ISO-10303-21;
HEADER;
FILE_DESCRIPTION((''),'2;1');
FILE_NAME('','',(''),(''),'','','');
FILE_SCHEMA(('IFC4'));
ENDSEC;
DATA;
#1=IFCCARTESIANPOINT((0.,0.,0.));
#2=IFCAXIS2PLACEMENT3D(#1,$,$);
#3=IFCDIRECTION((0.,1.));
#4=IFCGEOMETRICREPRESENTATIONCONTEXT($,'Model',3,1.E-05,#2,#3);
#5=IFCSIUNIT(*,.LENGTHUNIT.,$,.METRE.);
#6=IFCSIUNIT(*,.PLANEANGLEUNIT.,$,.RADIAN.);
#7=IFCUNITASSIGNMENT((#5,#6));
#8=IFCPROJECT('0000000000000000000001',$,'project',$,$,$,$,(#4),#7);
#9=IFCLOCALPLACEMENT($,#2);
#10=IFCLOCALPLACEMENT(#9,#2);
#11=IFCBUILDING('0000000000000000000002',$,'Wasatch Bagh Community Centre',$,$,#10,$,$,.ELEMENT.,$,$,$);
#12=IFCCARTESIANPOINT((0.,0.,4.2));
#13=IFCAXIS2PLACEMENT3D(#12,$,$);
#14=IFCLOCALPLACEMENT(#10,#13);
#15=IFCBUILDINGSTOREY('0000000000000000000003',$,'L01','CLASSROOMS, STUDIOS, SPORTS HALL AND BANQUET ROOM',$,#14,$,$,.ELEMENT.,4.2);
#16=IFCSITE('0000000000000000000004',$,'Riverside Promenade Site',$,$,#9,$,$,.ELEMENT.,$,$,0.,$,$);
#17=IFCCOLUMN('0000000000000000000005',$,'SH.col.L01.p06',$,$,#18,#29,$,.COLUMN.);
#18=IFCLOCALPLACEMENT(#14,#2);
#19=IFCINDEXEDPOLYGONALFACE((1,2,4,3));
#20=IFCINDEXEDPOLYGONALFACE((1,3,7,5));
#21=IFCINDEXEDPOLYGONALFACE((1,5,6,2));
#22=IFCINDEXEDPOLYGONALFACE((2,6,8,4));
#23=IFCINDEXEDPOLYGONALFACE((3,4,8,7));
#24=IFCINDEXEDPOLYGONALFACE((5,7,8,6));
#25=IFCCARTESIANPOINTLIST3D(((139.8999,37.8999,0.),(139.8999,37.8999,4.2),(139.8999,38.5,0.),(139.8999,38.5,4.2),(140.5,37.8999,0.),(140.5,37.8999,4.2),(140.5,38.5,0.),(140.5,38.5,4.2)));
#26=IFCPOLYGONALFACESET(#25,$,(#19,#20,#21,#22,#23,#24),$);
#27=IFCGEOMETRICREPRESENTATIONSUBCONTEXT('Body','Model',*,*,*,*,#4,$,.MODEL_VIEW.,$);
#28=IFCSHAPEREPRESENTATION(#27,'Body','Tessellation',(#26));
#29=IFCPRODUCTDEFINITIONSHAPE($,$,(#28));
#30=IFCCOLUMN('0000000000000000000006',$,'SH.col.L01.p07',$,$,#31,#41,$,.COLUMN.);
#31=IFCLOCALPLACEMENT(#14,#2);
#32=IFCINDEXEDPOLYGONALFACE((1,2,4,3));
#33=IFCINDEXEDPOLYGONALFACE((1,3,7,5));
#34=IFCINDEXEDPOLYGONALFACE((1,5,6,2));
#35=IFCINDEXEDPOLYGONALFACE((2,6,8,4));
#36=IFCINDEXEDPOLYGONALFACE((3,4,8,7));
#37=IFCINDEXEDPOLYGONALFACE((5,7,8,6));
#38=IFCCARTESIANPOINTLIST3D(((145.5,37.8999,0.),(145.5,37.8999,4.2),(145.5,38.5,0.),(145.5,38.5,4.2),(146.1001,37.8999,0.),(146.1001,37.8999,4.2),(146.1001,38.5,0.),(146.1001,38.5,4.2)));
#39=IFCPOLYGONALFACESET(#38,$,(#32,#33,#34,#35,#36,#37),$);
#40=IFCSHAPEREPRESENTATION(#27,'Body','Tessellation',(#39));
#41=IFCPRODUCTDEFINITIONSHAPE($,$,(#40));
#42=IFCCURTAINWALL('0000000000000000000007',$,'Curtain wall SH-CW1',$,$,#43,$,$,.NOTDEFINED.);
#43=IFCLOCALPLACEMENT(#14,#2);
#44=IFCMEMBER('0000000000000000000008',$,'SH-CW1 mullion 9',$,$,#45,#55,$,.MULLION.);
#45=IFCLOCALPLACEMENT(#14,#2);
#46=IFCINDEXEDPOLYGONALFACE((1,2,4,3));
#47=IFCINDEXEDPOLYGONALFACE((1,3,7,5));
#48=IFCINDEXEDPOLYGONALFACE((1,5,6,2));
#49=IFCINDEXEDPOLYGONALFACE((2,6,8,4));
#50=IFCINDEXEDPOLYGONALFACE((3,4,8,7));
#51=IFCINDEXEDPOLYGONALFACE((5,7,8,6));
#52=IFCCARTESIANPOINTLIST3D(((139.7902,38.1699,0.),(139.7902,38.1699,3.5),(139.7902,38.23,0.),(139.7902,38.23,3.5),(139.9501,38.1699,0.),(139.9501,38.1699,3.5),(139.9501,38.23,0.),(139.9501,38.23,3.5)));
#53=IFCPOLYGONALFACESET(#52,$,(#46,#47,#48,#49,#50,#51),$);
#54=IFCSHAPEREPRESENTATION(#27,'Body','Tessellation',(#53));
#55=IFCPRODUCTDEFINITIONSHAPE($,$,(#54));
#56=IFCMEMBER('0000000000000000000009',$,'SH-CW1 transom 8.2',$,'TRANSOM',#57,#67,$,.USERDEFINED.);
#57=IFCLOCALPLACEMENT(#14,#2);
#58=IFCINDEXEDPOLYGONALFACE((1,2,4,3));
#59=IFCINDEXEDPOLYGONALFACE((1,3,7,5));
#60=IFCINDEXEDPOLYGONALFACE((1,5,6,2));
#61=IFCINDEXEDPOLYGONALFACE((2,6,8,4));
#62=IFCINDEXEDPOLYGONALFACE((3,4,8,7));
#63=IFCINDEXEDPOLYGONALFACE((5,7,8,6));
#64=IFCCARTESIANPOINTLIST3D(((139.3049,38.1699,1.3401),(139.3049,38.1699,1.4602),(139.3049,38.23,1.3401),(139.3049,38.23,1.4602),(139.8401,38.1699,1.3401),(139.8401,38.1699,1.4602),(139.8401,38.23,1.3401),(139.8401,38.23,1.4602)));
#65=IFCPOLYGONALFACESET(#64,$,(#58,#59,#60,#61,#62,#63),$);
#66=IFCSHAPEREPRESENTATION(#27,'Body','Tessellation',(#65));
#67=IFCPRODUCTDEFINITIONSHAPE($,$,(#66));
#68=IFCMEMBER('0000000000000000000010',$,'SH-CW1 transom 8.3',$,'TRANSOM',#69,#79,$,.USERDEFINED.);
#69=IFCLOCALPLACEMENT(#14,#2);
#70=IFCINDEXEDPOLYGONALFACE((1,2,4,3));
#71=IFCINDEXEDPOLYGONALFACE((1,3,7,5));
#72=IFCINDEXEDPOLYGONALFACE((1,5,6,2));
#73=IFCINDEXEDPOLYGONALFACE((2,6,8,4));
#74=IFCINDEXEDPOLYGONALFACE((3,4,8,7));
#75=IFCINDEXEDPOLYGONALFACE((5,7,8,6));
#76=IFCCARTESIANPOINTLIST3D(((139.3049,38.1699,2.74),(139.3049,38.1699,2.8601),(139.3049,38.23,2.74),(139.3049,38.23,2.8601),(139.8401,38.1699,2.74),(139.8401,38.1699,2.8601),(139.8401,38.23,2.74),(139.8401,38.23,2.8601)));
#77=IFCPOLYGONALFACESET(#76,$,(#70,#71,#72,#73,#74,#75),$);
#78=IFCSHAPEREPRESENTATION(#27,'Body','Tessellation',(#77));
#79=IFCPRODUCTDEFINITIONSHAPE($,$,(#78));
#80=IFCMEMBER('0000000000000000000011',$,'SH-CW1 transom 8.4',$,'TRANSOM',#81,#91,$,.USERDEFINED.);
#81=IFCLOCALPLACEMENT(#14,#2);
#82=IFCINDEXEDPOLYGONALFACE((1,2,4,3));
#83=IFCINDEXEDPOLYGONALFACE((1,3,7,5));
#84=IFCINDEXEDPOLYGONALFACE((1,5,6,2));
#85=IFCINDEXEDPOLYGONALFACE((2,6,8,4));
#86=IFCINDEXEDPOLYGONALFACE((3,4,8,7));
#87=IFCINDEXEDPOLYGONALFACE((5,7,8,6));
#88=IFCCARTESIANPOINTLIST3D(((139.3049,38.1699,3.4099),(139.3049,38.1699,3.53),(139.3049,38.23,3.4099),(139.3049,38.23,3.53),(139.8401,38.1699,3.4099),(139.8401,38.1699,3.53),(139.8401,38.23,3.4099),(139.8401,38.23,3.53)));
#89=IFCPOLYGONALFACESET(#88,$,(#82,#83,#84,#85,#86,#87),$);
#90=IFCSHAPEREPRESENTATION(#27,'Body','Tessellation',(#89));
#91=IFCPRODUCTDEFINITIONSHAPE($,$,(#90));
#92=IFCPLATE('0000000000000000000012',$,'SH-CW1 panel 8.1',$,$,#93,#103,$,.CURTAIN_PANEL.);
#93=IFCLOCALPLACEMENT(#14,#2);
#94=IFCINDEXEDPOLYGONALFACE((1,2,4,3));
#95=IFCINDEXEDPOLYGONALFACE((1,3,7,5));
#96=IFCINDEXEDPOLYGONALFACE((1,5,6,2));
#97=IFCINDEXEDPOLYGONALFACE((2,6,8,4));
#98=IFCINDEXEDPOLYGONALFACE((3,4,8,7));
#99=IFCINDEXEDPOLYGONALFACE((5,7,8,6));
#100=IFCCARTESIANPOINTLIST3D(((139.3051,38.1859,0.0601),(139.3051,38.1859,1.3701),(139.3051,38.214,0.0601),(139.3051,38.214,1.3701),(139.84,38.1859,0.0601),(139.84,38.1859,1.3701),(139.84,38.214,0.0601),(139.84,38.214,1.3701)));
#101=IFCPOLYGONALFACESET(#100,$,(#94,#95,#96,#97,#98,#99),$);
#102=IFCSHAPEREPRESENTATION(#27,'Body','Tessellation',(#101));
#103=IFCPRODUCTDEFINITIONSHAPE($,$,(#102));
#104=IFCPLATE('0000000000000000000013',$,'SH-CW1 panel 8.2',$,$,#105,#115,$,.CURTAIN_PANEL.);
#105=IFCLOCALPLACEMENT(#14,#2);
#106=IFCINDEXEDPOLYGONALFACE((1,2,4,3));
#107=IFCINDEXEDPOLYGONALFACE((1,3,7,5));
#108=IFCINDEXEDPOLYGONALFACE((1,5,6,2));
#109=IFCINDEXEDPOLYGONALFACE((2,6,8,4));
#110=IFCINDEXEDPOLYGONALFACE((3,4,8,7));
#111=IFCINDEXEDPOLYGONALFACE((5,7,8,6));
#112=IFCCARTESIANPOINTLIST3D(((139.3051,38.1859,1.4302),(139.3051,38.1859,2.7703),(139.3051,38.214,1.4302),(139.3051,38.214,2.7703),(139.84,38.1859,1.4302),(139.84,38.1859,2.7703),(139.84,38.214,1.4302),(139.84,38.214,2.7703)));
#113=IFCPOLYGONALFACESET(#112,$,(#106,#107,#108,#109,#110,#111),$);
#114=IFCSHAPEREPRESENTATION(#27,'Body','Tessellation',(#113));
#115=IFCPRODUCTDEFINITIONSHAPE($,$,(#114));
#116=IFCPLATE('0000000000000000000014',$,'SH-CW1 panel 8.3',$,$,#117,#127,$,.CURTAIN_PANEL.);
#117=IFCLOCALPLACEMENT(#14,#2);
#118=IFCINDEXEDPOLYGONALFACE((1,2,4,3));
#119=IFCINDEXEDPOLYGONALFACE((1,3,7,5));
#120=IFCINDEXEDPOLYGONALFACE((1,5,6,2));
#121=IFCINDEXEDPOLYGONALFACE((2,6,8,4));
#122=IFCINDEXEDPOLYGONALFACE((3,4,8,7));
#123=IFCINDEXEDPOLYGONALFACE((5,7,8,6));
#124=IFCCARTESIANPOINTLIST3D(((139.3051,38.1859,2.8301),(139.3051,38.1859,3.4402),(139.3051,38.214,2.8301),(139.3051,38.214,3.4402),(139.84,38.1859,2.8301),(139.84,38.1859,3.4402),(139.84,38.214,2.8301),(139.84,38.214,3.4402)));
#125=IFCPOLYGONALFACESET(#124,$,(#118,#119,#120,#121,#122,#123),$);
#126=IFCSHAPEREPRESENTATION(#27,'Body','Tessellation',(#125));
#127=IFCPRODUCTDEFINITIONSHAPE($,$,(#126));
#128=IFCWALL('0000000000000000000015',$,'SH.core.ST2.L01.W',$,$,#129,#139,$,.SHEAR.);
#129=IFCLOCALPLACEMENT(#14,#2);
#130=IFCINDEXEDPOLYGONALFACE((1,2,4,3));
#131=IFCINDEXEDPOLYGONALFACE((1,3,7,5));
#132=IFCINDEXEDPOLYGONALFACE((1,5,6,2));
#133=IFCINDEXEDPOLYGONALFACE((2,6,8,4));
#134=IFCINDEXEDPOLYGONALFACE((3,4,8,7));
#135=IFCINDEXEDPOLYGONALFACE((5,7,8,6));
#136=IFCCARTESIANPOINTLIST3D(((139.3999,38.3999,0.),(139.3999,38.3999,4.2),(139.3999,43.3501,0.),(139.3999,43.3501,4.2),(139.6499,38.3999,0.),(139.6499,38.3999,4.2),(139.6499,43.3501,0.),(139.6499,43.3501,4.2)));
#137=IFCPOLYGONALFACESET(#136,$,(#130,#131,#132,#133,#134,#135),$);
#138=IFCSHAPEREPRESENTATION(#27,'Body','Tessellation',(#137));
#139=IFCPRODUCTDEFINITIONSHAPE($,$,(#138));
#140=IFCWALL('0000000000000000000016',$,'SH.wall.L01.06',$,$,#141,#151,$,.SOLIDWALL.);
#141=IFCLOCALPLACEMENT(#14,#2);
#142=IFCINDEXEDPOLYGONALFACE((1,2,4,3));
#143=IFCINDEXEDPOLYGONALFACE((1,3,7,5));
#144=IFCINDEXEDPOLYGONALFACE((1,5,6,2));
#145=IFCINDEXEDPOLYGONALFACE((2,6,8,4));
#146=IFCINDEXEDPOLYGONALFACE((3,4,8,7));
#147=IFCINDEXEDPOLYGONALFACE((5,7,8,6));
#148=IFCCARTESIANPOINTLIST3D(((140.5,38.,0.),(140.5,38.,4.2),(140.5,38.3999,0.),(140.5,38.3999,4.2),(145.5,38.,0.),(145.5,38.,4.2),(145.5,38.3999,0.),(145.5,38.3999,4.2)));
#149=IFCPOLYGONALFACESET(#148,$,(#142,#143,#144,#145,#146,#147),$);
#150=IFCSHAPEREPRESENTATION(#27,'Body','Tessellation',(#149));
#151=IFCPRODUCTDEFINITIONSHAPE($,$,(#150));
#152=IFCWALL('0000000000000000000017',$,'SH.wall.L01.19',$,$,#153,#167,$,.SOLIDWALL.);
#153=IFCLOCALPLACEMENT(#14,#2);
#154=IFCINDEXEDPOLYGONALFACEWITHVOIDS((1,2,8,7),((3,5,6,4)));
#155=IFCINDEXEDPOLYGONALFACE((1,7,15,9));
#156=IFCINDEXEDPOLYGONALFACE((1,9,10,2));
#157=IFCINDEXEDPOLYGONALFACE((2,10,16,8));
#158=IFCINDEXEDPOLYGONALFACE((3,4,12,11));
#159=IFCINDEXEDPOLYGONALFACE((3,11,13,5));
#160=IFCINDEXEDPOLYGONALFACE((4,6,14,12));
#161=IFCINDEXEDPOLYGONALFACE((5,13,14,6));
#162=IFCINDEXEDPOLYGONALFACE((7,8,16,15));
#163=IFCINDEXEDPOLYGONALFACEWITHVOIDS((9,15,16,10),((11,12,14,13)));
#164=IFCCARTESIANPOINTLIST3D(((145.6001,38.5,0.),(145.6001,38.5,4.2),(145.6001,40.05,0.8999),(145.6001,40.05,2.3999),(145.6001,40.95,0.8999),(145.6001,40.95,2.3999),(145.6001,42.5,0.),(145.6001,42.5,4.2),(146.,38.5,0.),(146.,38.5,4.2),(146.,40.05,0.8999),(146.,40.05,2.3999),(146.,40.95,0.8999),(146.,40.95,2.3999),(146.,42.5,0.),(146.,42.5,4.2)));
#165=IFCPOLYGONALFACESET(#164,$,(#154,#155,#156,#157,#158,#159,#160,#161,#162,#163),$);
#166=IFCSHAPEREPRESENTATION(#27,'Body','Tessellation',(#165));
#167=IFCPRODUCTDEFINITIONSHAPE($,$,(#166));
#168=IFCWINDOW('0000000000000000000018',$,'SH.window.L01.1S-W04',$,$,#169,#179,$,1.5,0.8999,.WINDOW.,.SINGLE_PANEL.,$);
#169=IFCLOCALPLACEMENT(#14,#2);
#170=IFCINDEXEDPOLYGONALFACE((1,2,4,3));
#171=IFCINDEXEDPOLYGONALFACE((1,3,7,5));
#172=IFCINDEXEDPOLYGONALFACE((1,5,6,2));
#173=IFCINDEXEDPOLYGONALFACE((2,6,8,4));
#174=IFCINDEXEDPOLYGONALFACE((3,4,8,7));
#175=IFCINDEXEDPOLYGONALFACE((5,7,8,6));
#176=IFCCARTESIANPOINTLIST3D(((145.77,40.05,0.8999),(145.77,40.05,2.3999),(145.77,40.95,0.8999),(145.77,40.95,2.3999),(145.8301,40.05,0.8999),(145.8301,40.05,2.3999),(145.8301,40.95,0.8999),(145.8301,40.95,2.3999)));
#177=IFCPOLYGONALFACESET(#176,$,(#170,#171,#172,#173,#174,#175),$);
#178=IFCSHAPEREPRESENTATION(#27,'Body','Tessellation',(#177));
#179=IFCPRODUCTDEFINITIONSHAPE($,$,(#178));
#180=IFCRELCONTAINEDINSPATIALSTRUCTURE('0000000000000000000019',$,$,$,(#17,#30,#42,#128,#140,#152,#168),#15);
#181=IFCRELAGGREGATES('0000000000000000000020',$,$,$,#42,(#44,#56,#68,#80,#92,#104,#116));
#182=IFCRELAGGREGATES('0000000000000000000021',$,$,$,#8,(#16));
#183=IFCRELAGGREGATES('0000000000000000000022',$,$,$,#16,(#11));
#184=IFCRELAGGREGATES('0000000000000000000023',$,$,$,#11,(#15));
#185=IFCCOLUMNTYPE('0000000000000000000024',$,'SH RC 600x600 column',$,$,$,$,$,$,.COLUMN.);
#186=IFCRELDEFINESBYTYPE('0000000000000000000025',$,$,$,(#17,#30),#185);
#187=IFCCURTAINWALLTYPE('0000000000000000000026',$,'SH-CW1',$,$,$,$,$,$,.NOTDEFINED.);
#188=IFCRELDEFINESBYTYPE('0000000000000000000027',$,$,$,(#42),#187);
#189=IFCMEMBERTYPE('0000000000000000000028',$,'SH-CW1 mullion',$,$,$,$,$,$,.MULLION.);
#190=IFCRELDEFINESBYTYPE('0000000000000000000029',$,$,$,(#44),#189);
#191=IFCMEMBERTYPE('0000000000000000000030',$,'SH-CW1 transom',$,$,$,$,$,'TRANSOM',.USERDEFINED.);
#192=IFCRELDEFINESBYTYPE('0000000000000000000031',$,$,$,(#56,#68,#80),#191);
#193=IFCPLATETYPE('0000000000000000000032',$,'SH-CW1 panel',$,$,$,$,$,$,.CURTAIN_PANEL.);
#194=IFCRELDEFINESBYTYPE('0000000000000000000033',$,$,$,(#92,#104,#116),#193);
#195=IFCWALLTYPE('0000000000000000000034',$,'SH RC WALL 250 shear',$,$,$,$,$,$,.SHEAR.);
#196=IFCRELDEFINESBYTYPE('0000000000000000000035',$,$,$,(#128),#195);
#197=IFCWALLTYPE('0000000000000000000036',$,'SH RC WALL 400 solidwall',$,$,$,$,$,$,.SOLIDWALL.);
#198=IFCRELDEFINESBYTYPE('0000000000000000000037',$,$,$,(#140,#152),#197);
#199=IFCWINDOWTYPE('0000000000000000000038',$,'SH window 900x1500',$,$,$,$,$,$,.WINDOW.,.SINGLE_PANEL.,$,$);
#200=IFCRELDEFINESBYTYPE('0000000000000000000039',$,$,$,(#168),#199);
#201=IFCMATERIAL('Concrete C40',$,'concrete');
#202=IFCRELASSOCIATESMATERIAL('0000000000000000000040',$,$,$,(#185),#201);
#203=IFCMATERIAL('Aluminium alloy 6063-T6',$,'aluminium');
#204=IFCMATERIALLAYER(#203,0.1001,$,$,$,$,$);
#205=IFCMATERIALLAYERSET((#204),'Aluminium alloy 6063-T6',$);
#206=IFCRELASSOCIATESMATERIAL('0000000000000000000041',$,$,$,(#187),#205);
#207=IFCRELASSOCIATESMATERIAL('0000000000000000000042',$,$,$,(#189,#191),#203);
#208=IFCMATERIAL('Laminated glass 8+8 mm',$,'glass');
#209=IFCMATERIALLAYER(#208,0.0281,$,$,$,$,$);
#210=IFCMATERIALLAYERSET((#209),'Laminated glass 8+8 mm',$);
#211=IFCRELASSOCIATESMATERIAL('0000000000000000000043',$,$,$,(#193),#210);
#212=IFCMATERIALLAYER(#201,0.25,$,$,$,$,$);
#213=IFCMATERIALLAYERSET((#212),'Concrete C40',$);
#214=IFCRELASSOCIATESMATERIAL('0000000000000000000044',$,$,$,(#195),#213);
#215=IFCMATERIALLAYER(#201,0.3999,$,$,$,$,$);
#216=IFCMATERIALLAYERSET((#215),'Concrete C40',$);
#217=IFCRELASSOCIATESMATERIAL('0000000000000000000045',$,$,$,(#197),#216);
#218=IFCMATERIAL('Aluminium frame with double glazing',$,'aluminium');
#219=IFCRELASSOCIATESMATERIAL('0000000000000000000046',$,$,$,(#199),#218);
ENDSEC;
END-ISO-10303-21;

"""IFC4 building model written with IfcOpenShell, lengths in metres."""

from ifc_helpers import new_model, si_unit, direction, frame, frame_2d, origin, origin_2d, place, context, subcontext, project, spatial, rectangle, extrude, material, layer, layer_set, material_profile, profile_set, type_object, element, fill, aggregate, save


model = new_model("IFC4")

# Units and contexts
model_context = context("Model", 3, precision=1e-05, world=origin(), true_north=direction((0.0, 1.0)))
body_context = subcontext(model_context, "Body", "Model", "MODEL_VIEW")
ifc_project = project(units=[si_unit("LENGTHUNIT", "METRE"), si_unit("PLANEANGLEUNIT", "RADIAN")], contexts=[model_context])

# Site, building, storey
site_placement = place(None, origin())
site = spatial("IfcSite", under=ifc_project, at=site_placement, Name="Riverside Promenade Site", CompositionType="ELEMENT", RefElevation=0.0)
building_placement = place(site_placement, origin())
building = spatial("IfcBuilding", under=site, at=building_placement, Name="Wasatch Bagh Community Centre", CompositionType="ELEMENT")
storey_placement = place(building_placement, frame((0.0, 0.0, 4.2)))
storey = spatial("IfcBuildingStorey", under=building, at=storey_placement, Name="L01", Description="CLASSROOMS, STUDIOS, SPORTS HALL AND BANQUET ROOM", CompositionType="ELEMENT", Elevation=4.2)

# Columns
ifc_material_1 = material(Name="Concrete C40", Category="concrete")
ifc_material_profile_1 = material_profile(ifc_material_1, rectangle(XDim=0.6001, YDim=0.6001, at=origin_2d()), Name="RC 600x600")
ifc_profile_set_1 = profile_set([ifc_material_profile_1], Name="Concrete C40")
column_type = type_object("IfcColumnType", Name="SH RC 600x600 column", PredefinedType="COLUMN", material=ifc_profile_set_1)
for number, where, z_axis, x_axis, name in (
    (1, (140.2, 38.2, 0.0), (0.0, 0.0, 1.0), (1.0, 0.0, 0.0), "SH.col.L01.p06"),
    (2, (145.8, 38.2, 0.0), (0.0, 0.0, 1.0), (1.0, 0.0, 0.0), "SH.col.L01.p07"),
):
    element("IfcColumn", number, at=place(storey_placement, frame(where, z_axis=z_axis, x_axis=x_axis)), inside=storey, type_object=column_type, Name=name, PredefinedType="COLUMN", context=body_context, shape_type="SweptSolid", body=[
        extrude(rectangle(XDim=0.6001, YDim=0.6001, at=origin_2d()), origin(), (0.0, 0.0, 1.0), 4.2),
    ])

# Curtain wall, members, plates
ifc_material_2 = material(Name="Aluminium alloy 6063-T6", Category="aluminium")
ifc_layer_1 = layer(ifc_material_2, 0.1001)
ifc_layer_set_1 = layer_set([ifc_layer_1], Name="Aluminium alloy 6063-T6")
curtain_wall_type = type_object("IfcCurtainWallType", Name="SH-CW1", PredefinedType="NOTDEFINED", material=ifc_layer_set_1)
curtain_wall_placement = place(storey_placement, origin())
curtain_wall = element("IfcCurtainWall", 3, at=curtain_wall_placement, inside=storey, type_object=curtain_wall_type, Name="Curtain wall SH-CW1", PredefinedType="NOTDEFINED")
ifc_material_profile_2 = material_profile(ifc_material_2, rectangle(XDim=0.0601, YDim=0.1599, at=origin_2d()), Name="AL 60x160")
ifc_profile_set_2 = profile_set([ifc_material_profile_2], Name="Aluminium alloy 6063-T6")
member_type_1 = type_object("IfcMemberType", Name="SH-CW1 mullion", PredefinedType="MULLION", material=ifc_profile_set_2)
member_1_placement = place(storey_placement, frame((139.8701, 38.2, 0.0), z_axis=(0.0, 0.0, 1.0), x_axis=(0.0, 1.0, 0.0)))
member_1 = element("IfcMember", 4, at=member_1_placement, type_object=member_type_1, Name="SH-CW1 mullion 9", PredefinedType="MULLION", context=body_context, shape_type="SweptSolid", body=[
    extrude(rectangle(XDim=0.0601, YDim=0.1599, at=origin_2d()), origin(), (0.0, 0.0, 1.0), 3.5),
])
ifc_material_profile_3 = material_profile(ifc_material_2, rectangle(XDim=0.0601, YDim=0.1201, at=origin_2d()), Name="AL 60x120")
ifc_profile_set_3 = profile_set([ifc_material_profile_3], Name="Aluminium alloy 6063-T6")
member_type_2 = type_object("IfcMemberType", Name="SH-CW1 transom", ElementType="TRANSOM", PredefinedType="USERDEFINED", material=ifc_profile_set_3)
member_2_placement = place(storey_placement, frame((139.3049, 38.2, 1.4001), z_axis=(1.0, 0.0, 0.0), x_axis=(0.0, 1.0, 0.0)))
member_2 = element("IfcMember", 5, at=member_2_placement, type_object=member_type_2, Name="SH-CW1 transom 8.2", ObjectType="TRANSOM", PredefinedType="USERDEFINED", context=body_context, shape_type="SweptSolid", body=[
    extrude(rectangle(XDim=0.0601, YDim=0.1201, at=origin_2d()), origin(), (0.0, 0.0, 1.0), 0.5352),
])
member_3_placement = place(storey_placement, frame((139.3049, 38.2, 2.8), z_axis=(1.0, 0.0, 0.0), x_axis=(0.0, 1.0, 0.0)))
member_3 = element("IfcMember", 6, at=member_3_placement, type_object=member_type_2, Name="SH-CW1 transom 8.3", ObjectType="TRANSOM", PredefinedType="USERDEFINED", context=body_context, shape_type="SweptSolid", body=[
    extrude(rectangle(XDim=0.0601, YDim=0.1201, at=origin_2d()), origin(), (0.0, 0.0, 1.0), 0.5352),
])
member_4_placement = place(storey_placement, frame((139.3049, 38.2, 3.47), z_axis=(1.0, 0.0, 0.0), x_axis=(0.0, 1.0, 0.0)))
member_4 = element("IfcMember", 7, at=member_4_placement, type_object=member_type_2, Name="SH-CW1 transom 8.4", ObjectType="TRANSOM", PredefinedType="USERDEFINED", context=body_context, shape_type="SweptSolid", body=[
    extrude(rectangle(XDim=0.0601, YDim=0.1201, at=origin_2d()), origin(), (0.0, 0.0, 1.0), 0.5352),
])
ifc_material_3 = material(Name="Laminated glass 8+8 mm", Category="glass")
ifc_layer_2 = layer(ifc_material_3, 0.0281)
ifc_layer_set_2 = layer_set([ifc_layer_2], Name="Laminated glass 8+8 mm")
plate_type = type_object("IfcPlateType", Name="SH-CW1 panel", PredefinedType="CURTAIN_PANEL", material=ifc_layer_set_2)
plate_1_placement = place(storey_placement, frame((139.5725, 38.2, 0.0601), z_axis=(0.0, 0.0, 1.0), x_axis=(1.0, 0.0, 0.0)))
plate_1 = element("IfcPlate", 8, at=plate_1_placement, type_object=plate_type, Name="SH-CW1 panel 8.1", PredefinedType="CURTAIN_PANEL", context=body_context, shape_type="SweptSolid", body=[
    extrude(rectangle(XDim=0.5349, YDim=0.0281, at=origin_2d()), origin(), (0.0, 0.0, 1.0), 1.3101),
])
plate_2_placement = place(storey_placement, frame((139.5725, 38.2, 1.4302), z_axis=(0.0, 0.0, 1.0), x_axis=(1.0, 0.0, 0.0)))
plate_2 = element("IfcPlate", 9, at=plate_2_placement, type_object=plate_type, Name="SH-CW1 panel 8.2", PredefinedType="CURTAIN_PANEL", context=body_context, shape_type="SweptSolid", body=[
    extrude(rectangle(XDim=0.5349, YDim=0.0281, at=origin_2d()), origin(), (0.0, 0.0, 1.0), 1.3401),
])
plate_3_placement = place(storey_placement, frame((139.5725, 38.2, 2.8301), z_axis=(0.0, 0.0, 1.0), x_axis=(1.0, 0.0, 0.0)))
plate_3 = element("IfcPlate", 10, at=plate_3_placement, type_object=plate_type, Name="SH-CW1 panel 8.3", PredefinedType="CURTAIN_PANEL", context=body_context, shape_type="SweptSolid", body=[
    extrude(rectangle(XDim=0.5349, YDim=0.0281, at=origin_2d()), origin(), (0.0, 0.0, 1.0), 0.6101),
])
aggregate(curtain_wall, [member_1, member_2, member_3, member_4, plate_1, plate_2, plate_3])

# Walls
ifc_layer_3 = layer(ifc_material_1, 0.25)
ifc_layer_set_3 = layer_set([ifc_layer_3], Name="Concrete C40")
wall_type_1 = type_object("IfcWallType", Name="SH RC WALL 250 shear", PredefinedType="SHEAR", material=ifc_layer_set_3)
wall_1_placement = place(storey_placement, frame((139.5249, 38.3999, 0.0), z_axis=(0.0, 0.0, 1.0), x_axis=(0.0, 1.0, 0.0)))
element("IfcWall", 11, at=wall_1_placement, inside=storey, type_object=wall_type_1, Name="SH.core.ST2.L01.W", PredefinedType="SHEAR", context=body_context, shape_type="SweptSolid", body=[
    extrude(rectangle(XDim=4.9502, YDim=0.25, at=frame_2d((2.4751, 0.0))), origin(), (0.0, 0.0, 1.0), 4.2),
])
ifc_layer_4 = layer(ifc_material_1, 0.3999)
ifc_layer_set_4 = layer_set([ifc_layer_4], Name="Concrete C40")
wall_type_2 = type_object("IfcWallType", Name="SH RC WALL 400 solidwall", PredefinedType="SOLIDWALL", material=ifc_layer_set_4)
wall_2_placement = place(storey_placement, frame((145.5, 38.2, 0.0), z_axis=(0.0, 0.0, 1.0), x_axis=(-1.0, 0.0, 0.0)))
element("IfcWall", 12, at=wall_2_placement, inside=storey, type_object=wall_type_2, Name="SH.wall.L01.06", PredefinedType="SOLIDWALL", context=body_context, shape_type="SweptSolid", body=[
    extrude(rectangle(XDim=5.0, YDim=0.3999, at=frame_2d((2.5, 0.0))), origin(), (0.0, 0.0, 1.0), 4.2),
])

# Wall, opening, window
wall_3_placement = place(storey_placement, frame((145.8, 38.5, 0.0), z_axis=(0.0, 0.0, 1.0), x_axis=(0.0, 1.0, 0.0)))
wall_3 = element("IfcWall", 13, at=wall_3_placement, inside=storey, type_object=wall_type_2, Name="SH.wall.L01.19", PredefinedType="SOLIDWALL", context=body_context, shape_type="SweptSolid", body=[
    extrude(rectangle(XDim=4.0, YDim=0.3999, at=frame_2d((2.0, 0.0))), origin(), (0.0, 0.0, 1.0), 4.2),
])
opening_placement = place(wall_3_placement, frame((1.55, 0.0, 0.8999)))
opening = element("IfcOpeningElement", 14, at=opening_placement, cuts=wall_3, PredefinedType="OPENING", context=body_context, shape_type="SweptSolid", body=[
    extrude(rectangle(XDim=0.8999, YDim=1.5, at=frame_2d((0.45, 0.75))), frame((0.0, 0.21, 0.0), z_axis=(0.0, -1.0, 0.0), x_axis=(1.0, 0.0, 0.0)), (0.0, 0.0, 1.0), 0.4199),
])
ifc_material_4 = material(Name="Aluminium frame with double glazing", Category="aluminium")
window_type = type_object("IfcWindowType", Name="SH window 900x1500", PartitioningType="SINGLE_PANEL", PredefinedType="WINDOW", material=ifc_material_4)
window_placement = place(opening_placement, origin())
window = element("IfcWindow", 15, at=window_placement, inside=storey, type_object=window_type, Name="SH.window.L01.1S-W04", OverallHeight=1.5, OverallWidth=0.8999, PartitioningType="SINGLE_PANEL", PredefinedType="WINDOW", context=body_context, shape_type="SweptSolid", body=[
    extrude(rectangle(XDim=0.8999, YDim=1.5, at=frame_2d((0.45, 0.75))), frame((0.0, 0.03, 0.0), z_axis=(0.0, -1.0, 0.0), x_axis=(1.0, 0.0, 0.0)), (0.0, 0.0, 1.0), 0.0601),
])
fill(opening, window)

save(model, "model.ifc")
